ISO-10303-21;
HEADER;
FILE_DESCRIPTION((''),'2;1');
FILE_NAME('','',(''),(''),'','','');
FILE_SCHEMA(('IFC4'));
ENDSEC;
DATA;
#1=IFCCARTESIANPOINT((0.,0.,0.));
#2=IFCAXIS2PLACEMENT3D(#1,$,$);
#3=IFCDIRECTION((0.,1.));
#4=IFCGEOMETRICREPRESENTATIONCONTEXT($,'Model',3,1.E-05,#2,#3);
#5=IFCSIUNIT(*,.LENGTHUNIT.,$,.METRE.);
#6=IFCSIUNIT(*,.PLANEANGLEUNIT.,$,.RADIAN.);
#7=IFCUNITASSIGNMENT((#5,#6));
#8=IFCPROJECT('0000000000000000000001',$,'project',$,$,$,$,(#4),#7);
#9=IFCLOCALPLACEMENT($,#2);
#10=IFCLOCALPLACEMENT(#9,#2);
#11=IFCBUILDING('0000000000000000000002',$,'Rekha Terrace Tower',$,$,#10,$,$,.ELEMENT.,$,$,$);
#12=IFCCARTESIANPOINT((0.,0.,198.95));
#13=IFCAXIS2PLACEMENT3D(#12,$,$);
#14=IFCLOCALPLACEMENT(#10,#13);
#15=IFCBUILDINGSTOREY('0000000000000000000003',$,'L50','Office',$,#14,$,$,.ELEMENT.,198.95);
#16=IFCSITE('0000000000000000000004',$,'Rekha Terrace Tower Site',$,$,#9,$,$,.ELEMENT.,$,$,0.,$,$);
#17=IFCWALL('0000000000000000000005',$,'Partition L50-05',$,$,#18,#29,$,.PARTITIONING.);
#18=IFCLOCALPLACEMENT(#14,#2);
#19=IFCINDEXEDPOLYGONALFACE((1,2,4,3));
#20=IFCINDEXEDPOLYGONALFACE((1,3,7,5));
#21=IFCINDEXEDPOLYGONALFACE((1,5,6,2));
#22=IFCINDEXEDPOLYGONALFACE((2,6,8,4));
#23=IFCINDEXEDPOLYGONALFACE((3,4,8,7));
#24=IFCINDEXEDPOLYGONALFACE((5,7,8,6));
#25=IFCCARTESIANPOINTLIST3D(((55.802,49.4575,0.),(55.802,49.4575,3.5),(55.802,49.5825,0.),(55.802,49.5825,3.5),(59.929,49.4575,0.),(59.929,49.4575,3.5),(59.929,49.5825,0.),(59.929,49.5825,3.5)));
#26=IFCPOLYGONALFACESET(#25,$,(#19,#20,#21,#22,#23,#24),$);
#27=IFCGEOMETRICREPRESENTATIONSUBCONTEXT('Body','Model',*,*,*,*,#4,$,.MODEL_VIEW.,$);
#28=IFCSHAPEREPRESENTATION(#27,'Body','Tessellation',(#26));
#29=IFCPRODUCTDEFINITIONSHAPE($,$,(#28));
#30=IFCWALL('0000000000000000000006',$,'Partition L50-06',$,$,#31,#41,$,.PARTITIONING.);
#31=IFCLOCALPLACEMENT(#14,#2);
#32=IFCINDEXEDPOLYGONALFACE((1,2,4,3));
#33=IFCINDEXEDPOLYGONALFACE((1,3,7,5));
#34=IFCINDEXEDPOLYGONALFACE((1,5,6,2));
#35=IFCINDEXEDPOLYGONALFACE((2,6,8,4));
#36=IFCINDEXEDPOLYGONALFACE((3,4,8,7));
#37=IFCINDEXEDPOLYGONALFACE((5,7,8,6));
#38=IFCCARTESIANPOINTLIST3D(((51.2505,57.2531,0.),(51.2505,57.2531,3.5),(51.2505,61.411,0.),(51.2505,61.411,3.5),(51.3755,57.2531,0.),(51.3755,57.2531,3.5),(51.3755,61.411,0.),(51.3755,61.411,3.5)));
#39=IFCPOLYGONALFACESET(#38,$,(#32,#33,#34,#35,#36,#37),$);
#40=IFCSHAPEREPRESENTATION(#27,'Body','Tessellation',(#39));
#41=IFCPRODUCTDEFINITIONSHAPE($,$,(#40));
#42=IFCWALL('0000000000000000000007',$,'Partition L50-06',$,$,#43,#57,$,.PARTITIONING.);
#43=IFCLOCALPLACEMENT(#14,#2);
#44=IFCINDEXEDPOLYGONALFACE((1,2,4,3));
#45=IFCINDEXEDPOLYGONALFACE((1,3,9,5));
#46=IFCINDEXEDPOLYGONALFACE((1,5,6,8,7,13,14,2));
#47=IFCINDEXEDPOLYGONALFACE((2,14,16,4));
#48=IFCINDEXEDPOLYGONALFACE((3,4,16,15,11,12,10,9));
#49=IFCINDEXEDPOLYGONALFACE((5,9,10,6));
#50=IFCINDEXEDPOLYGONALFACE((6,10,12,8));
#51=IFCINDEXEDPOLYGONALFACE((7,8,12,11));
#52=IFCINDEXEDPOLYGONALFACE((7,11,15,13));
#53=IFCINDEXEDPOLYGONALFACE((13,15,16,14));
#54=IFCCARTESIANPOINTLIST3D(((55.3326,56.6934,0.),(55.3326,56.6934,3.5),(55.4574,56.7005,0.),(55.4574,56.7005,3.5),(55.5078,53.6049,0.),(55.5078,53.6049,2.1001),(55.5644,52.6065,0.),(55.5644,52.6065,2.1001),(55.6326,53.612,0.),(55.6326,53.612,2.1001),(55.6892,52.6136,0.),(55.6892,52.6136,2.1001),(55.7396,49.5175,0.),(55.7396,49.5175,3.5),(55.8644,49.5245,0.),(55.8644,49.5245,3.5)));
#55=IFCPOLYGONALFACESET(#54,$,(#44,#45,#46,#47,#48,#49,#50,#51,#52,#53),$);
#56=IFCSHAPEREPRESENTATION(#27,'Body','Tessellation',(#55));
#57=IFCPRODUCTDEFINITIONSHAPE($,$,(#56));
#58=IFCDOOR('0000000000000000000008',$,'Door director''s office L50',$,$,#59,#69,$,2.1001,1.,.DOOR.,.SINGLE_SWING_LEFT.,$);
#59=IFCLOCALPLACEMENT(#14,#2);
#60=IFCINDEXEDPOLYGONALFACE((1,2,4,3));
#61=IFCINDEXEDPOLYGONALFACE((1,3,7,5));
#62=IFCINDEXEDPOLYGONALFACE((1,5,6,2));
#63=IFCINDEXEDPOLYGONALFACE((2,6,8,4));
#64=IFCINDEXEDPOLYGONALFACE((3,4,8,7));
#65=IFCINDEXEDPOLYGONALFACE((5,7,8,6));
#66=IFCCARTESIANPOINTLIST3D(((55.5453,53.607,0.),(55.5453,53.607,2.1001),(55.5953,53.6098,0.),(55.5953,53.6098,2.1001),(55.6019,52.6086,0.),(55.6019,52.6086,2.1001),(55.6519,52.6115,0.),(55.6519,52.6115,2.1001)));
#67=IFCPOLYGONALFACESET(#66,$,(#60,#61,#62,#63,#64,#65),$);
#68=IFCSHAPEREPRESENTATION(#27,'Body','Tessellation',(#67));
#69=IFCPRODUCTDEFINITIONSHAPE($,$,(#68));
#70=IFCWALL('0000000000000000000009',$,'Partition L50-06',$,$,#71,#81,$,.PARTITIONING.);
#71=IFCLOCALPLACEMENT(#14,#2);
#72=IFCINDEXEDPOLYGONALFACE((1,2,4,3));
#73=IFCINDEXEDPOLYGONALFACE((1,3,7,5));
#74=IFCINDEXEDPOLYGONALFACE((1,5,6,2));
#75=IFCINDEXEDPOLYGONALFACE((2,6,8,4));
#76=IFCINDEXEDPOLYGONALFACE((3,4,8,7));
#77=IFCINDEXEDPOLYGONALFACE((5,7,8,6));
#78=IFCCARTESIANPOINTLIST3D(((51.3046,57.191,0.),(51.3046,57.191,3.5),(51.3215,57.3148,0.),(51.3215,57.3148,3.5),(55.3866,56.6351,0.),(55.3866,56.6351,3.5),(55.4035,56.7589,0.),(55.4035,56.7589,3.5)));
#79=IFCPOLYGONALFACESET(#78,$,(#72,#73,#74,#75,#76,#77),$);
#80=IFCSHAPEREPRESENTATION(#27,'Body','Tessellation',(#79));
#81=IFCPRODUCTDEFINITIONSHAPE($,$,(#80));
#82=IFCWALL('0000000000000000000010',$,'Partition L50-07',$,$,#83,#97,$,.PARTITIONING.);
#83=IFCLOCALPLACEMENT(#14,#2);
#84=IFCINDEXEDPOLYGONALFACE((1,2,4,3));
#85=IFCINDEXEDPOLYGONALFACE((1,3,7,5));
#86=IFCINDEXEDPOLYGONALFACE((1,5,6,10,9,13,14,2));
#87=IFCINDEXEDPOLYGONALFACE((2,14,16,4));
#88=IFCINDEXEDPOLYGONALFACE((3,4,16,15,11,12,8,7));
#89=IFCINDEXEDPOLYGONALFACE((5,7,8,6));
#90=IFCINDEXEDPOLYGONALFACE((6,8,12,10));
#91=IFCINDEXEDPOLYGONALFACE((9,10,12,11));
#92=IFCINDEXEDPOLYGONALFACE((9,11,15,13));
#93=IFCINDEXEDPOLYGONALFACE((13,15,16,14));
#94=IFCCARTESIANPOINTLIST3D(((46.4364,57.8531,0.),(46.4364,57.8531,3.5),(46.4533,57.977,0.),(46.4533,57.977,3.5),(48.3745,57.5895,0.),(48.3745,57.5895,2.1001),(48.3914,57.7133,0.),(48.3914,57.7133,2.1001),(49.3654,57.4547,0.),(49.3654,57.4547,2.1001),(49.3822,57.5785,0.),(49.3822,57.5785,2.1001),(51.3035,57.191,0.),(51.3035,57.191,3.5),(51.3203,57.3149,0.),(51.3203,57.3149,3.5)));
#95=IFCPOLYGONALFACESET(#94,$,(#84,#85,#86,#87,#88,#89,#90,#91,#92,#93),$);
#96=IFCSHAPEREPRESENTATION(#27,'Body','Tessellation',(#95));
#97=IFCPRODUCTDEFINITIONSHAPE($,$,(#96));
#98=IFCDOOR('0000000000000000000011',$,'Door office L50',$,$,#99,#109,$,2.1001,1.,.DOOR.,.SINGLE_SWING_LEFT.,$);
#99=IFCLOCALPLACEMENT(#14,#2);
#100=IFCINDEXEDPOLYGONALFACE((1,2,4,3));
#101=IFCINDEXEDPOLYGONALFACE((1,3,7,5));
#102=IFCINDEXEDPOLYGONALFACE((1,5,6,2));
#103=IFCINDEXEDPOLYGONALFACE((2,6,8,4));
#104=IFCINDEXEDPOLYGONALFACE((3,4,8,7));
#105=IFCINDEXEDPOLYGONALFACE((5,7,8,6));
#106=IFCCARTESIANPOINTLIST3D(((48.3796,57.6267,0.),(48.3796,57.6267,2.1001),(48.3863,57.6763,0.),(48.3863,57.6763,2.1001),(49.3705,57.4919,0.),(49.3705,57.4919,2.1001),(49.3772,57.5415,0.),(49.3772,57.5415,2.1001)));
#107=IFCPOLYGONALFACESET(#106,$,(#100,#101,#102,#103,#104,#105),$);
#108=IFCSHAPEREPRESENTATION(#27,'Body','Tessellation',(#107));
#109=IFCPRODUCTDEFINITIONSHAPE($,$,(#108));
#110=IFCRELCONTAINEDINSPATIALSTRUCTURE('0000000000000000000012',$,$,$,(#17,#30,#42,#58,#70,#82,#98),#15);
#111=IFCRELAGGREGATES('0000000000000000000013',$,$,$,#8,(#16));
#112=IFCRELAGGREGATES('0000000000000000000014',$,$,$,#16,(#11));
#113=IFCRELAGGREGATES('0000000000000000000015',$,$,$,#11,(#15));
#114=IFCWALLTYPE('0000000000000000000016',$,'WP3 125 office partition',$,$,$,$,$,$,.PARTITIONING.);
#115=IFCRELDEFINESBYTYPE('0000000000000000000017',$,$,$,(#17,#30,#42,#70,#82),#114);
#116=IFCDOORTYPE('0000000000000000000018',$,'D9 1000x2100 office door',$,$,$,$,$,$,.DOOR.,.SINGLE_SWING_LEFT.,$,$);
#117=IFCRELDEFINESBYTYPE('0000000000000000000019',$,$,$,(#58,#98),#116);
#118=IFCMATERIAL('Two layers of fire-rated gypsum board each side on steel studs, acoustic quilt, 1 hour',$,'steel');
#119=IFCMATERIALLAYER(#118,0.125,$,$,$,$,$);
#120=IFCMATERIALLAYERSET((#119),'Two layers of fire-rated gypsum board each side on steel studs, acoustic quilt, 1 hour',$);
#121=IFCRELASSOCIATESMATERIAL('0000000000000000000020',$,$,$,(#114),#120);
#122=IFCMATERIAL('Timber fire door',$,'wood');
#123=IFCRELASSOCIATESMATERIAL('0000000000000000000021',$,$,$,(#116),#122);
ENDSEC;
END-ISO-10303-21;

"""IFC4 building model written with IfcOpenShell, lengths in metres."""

from ifc_helpers import new_model, si_unit, direction, frame, frame_2d, origin, place, context, subcontext, project, spatial, rectangle, extrude, material, layer, layer_set, type_object, element, fill, save


model = new_model("IFC4")

# Units and contexts
model_context = context("Model", 3, precision=1e-05, world=origin(), true_north=direction((0.0, 1.0)))
body_context = subcontext(model_context, "Body", "Model", "MODEL_VIEW")
ifc_project = project(units=[si_unit("LENGTHUNIT", "METRE"), si_unit("PLANEANGLEUNIT", "RADIAN")], contexts=[model_context])

# Site, building, storey
site_placement = place(None, origin())
site = spatial("IfcSite", under=ifc_project, at=site_placement, Name="Rekha Terrace Tower Site", CompositionType="ELEMENT", RefElevation=0.0)
building_placement = place(site_placement, origin())
building = spatial("IfcBuilding", under=site, at=building_placement, Name="Rekha Terrace Tower", CompositionType="ELEMENT")
storey_placement = place(building_placement, frame((0.0, 0.0, 198.95)))
storey = spatial("IfcBuildingStorey", under=building, at=storey_placement, Name="L50", Description="Office", CompositionType="ELEMENT", Elevation=198.95)

# Walls
ifc_material_1 = material(Name="Two layers of fire-rated gypsum board each side on steel studs, acoustic quilt, 1 hour", Category="steel")
ifc_layer_1 = layer(ifc_material_1, 0.125)
ifc_layer_set_1 = layer_set([ifc_layer_1], Name="Two layers of fire-rated gypsum board each side on steel studs, acoustic quilt, 1 hour")
wall_type_1 = type_object("IfcWallType", Name="WP3 125 office partition", PredefinedType="PARTITIONING", material=ifc_layer_set_1)
wall_1_placement = place(storey_placement, frame((55.802, 49.52, 0.0), z_axis=(0.0, 0.0, 1.0), x_axis=(1.0, 0.0, 0.0)))
element("IfcWall", 1, at=wall_1_placement, inside=storey, type_object=wall_type_1, Name="Partition L50-05", PredefinedType="PARTITIONING", context=body_context, shape_type="SweptSolid", body=[
    extrude(rectangle(XDim=4.127, YDim=0.125, at=frame_2d((2.0635, 0.0))), origin(), (0.0, 0.0, 1.0), 3.5),
])
wall_2_placement = place(storey_placement, frame((51.313, 57.2529, 0.0), z_axis=(0.0, 0.0, 1.0), x_axis=(0.0, 1.0, 0.0)))
element("IfcWall", 2, at=wall_2_placement, inside=storey, type_object=wall_type_1, Name="Partition L50-06", PredefinedType="PARTITIONING", context=body_context, shape_type="SweptSolid", body=[
    extrude(rectangle(XDim=4.158, YDim=0.125, at=frame_2d((2.0791, 0.0))), origin(), (0.0, 0.0, 1.0), 3.5),
])

# Wall, opening, door
wall_3_placement = place(storey_placement, frame((55.802, 49.521, 0.0), z_axis=(0.0, 0.0, 1.0), x_axis=(-0.056623, 0.998396, 0.0)))
wall_3 = element("IfcWall", 3, at=wall_3_placement, inside=storey, type_object=wall_type_1, Name="Partition L50-06", PredefinedType="PARTITIONING", context=body_context, shape_type="SweptSolid", body=[
    extrude(rectangle(XDim=7.1875, YDim=0.125, at=frame_2d((3.5938, 0.0))), origin(), (0.0, 0.0, 1.0), 3.5),
])
opening_1_placement = place(wall_3_placement, frame((3.094, 0.0, 0.0)))
opening_1 = element("IfcOpeningElement", 4, at=opening_1_placement, cuts=wall_3, PredefinedType="OPENING", context=body_context, shape_type="SweptSolid", body=[
    extrude(rectangle(XDim=1.0, YDim=2.1001, at=frame_2d((0.5, 1.05))), frame((0.0, 0.0725, 0.0), z_axis=(0.0, -1.0, 0.0), x_axis=(1.0, 0.0, 0.0)), (0.0, 0.0, 1.0), 0.145),
])
ifc_material_2 = material(Name="Timber fire door", Category="wood")
door_type = type_object("IfcDoorType", Name="D9 1000x2100 office door", OperationType="SINGLE_SWING_LEFT", PredefinedType="DOOR", material=ifc_material_2)
door_1_placement = place(opening_1_placement, origin())
door_1 = element("IfcDoor", 5, at=door_1_placement, inside=storey, type_object=door_type, Name="Door director's office L50", OperationType="SINGLE_SWING_LEFT", OverallHeight=2.1001, OverallWidth=1.0, PredefinedType="DOOR", context=body_context, shape_type="SweptSolid", body=[
    extrude(rectangle(XDim=1.0, YDim=2.1001, at=frame_2d((0.5, 1.05))), frame((0.0, 0.0249, 0.0), z_axis=(0.0, -1.0, 0.0), x_axis=(1.0, 0.0, 0.0)), (0.0, 0.0, 1.0), 0.05),
])
fill(opening_1, door_1)

# Wall
wall_4_placement = place(storey_placement, frame((55.395, 56.697, 0.0), z_axis=(0.0, 0.0, 1.0), x_axis=(-0.990854, 0.134939, 0.0)))
element("IfcWall", 6, at=wall_4_placement, inside=storey, type_object=wall_type_1, Name="Partition L50-06", PredefinedType="PARTITIONING", context=body_context, shape_type="SweptSolid", body=[
    extrude(rectangle(XDim=4.1196, YDim=0.125, at=frame_2d((2.0598, 0.0))), origin(), (0.0, 0.0, 1.0), 3.5),
])

# Wall, opening, door
wall_5_placement = place(storey_placement, frame((51.312, 57.2529, 0.0), z_axis=(0.0, 0.0, 1.0), x_axis=(-0.990873, 0.1348, 0.0)))
wall_5 = element("IfcWall", 7, at=wall_5_placement, inside=storey, type_object=wall_type_1, Name="Partition L50-07", PredefinedType="PARTITIONING", context=body_context, shape_type="SweptSolid", body=[
    extrude(rectangle(XDim=4.9119, YDim=0.125, at=frame_2d((2.4561, 0.0))), origin(), (0.0, 0.0, 1.0), 3.5),
])
opening_2_placement = place(wall_5_placement, frame((1.9561, 0.0, 0.0)))
opening_2 = element("IfcOpeningElement", 8, at=opening_2_placement, cuts=wall_5, PredefinedType="OPENING", context=body_context, shape_type="SweptSolid", body=[
    extrude(rectangle(XDim=1.0, YDim=2.1001, at=frame_2d((0.5, 1.05))), frame((0.0, 0.0725, 0.0), z_axis=(0.0, -1.0, 0.0), x_axis=(1.0, 0.0, 0.0)), (0.0, 0.0, 1.0), 0.145),
])
door_2_placement = place(opening_2_placement, origin())
door_2 = element("IfcDoor", 9, at=door_2_placement, inside=storey, type_object=door_type, Name="Door office L50", OperationType="SINGLE_SWING_LEFT", OverallHeight=2.1001, OverallWidth=1.0, PredefinedType="DOOR", context=body_context, shape_type="SweptSolid", body=[
    extrude(rectangle(XDim=1.0, YDim=2.1001, at=frame_2d((0.5, 1.05))), frame((0.0, 0.0249, 0.0), z_axis=(0.0, -1.0, 0.0), x_axis=(1.0, 0.0, 0.0)), (0.0, 0.0, 1.0), 0.05),
])
fill(opening_2, door_2)

save(model, "model.ifc")
